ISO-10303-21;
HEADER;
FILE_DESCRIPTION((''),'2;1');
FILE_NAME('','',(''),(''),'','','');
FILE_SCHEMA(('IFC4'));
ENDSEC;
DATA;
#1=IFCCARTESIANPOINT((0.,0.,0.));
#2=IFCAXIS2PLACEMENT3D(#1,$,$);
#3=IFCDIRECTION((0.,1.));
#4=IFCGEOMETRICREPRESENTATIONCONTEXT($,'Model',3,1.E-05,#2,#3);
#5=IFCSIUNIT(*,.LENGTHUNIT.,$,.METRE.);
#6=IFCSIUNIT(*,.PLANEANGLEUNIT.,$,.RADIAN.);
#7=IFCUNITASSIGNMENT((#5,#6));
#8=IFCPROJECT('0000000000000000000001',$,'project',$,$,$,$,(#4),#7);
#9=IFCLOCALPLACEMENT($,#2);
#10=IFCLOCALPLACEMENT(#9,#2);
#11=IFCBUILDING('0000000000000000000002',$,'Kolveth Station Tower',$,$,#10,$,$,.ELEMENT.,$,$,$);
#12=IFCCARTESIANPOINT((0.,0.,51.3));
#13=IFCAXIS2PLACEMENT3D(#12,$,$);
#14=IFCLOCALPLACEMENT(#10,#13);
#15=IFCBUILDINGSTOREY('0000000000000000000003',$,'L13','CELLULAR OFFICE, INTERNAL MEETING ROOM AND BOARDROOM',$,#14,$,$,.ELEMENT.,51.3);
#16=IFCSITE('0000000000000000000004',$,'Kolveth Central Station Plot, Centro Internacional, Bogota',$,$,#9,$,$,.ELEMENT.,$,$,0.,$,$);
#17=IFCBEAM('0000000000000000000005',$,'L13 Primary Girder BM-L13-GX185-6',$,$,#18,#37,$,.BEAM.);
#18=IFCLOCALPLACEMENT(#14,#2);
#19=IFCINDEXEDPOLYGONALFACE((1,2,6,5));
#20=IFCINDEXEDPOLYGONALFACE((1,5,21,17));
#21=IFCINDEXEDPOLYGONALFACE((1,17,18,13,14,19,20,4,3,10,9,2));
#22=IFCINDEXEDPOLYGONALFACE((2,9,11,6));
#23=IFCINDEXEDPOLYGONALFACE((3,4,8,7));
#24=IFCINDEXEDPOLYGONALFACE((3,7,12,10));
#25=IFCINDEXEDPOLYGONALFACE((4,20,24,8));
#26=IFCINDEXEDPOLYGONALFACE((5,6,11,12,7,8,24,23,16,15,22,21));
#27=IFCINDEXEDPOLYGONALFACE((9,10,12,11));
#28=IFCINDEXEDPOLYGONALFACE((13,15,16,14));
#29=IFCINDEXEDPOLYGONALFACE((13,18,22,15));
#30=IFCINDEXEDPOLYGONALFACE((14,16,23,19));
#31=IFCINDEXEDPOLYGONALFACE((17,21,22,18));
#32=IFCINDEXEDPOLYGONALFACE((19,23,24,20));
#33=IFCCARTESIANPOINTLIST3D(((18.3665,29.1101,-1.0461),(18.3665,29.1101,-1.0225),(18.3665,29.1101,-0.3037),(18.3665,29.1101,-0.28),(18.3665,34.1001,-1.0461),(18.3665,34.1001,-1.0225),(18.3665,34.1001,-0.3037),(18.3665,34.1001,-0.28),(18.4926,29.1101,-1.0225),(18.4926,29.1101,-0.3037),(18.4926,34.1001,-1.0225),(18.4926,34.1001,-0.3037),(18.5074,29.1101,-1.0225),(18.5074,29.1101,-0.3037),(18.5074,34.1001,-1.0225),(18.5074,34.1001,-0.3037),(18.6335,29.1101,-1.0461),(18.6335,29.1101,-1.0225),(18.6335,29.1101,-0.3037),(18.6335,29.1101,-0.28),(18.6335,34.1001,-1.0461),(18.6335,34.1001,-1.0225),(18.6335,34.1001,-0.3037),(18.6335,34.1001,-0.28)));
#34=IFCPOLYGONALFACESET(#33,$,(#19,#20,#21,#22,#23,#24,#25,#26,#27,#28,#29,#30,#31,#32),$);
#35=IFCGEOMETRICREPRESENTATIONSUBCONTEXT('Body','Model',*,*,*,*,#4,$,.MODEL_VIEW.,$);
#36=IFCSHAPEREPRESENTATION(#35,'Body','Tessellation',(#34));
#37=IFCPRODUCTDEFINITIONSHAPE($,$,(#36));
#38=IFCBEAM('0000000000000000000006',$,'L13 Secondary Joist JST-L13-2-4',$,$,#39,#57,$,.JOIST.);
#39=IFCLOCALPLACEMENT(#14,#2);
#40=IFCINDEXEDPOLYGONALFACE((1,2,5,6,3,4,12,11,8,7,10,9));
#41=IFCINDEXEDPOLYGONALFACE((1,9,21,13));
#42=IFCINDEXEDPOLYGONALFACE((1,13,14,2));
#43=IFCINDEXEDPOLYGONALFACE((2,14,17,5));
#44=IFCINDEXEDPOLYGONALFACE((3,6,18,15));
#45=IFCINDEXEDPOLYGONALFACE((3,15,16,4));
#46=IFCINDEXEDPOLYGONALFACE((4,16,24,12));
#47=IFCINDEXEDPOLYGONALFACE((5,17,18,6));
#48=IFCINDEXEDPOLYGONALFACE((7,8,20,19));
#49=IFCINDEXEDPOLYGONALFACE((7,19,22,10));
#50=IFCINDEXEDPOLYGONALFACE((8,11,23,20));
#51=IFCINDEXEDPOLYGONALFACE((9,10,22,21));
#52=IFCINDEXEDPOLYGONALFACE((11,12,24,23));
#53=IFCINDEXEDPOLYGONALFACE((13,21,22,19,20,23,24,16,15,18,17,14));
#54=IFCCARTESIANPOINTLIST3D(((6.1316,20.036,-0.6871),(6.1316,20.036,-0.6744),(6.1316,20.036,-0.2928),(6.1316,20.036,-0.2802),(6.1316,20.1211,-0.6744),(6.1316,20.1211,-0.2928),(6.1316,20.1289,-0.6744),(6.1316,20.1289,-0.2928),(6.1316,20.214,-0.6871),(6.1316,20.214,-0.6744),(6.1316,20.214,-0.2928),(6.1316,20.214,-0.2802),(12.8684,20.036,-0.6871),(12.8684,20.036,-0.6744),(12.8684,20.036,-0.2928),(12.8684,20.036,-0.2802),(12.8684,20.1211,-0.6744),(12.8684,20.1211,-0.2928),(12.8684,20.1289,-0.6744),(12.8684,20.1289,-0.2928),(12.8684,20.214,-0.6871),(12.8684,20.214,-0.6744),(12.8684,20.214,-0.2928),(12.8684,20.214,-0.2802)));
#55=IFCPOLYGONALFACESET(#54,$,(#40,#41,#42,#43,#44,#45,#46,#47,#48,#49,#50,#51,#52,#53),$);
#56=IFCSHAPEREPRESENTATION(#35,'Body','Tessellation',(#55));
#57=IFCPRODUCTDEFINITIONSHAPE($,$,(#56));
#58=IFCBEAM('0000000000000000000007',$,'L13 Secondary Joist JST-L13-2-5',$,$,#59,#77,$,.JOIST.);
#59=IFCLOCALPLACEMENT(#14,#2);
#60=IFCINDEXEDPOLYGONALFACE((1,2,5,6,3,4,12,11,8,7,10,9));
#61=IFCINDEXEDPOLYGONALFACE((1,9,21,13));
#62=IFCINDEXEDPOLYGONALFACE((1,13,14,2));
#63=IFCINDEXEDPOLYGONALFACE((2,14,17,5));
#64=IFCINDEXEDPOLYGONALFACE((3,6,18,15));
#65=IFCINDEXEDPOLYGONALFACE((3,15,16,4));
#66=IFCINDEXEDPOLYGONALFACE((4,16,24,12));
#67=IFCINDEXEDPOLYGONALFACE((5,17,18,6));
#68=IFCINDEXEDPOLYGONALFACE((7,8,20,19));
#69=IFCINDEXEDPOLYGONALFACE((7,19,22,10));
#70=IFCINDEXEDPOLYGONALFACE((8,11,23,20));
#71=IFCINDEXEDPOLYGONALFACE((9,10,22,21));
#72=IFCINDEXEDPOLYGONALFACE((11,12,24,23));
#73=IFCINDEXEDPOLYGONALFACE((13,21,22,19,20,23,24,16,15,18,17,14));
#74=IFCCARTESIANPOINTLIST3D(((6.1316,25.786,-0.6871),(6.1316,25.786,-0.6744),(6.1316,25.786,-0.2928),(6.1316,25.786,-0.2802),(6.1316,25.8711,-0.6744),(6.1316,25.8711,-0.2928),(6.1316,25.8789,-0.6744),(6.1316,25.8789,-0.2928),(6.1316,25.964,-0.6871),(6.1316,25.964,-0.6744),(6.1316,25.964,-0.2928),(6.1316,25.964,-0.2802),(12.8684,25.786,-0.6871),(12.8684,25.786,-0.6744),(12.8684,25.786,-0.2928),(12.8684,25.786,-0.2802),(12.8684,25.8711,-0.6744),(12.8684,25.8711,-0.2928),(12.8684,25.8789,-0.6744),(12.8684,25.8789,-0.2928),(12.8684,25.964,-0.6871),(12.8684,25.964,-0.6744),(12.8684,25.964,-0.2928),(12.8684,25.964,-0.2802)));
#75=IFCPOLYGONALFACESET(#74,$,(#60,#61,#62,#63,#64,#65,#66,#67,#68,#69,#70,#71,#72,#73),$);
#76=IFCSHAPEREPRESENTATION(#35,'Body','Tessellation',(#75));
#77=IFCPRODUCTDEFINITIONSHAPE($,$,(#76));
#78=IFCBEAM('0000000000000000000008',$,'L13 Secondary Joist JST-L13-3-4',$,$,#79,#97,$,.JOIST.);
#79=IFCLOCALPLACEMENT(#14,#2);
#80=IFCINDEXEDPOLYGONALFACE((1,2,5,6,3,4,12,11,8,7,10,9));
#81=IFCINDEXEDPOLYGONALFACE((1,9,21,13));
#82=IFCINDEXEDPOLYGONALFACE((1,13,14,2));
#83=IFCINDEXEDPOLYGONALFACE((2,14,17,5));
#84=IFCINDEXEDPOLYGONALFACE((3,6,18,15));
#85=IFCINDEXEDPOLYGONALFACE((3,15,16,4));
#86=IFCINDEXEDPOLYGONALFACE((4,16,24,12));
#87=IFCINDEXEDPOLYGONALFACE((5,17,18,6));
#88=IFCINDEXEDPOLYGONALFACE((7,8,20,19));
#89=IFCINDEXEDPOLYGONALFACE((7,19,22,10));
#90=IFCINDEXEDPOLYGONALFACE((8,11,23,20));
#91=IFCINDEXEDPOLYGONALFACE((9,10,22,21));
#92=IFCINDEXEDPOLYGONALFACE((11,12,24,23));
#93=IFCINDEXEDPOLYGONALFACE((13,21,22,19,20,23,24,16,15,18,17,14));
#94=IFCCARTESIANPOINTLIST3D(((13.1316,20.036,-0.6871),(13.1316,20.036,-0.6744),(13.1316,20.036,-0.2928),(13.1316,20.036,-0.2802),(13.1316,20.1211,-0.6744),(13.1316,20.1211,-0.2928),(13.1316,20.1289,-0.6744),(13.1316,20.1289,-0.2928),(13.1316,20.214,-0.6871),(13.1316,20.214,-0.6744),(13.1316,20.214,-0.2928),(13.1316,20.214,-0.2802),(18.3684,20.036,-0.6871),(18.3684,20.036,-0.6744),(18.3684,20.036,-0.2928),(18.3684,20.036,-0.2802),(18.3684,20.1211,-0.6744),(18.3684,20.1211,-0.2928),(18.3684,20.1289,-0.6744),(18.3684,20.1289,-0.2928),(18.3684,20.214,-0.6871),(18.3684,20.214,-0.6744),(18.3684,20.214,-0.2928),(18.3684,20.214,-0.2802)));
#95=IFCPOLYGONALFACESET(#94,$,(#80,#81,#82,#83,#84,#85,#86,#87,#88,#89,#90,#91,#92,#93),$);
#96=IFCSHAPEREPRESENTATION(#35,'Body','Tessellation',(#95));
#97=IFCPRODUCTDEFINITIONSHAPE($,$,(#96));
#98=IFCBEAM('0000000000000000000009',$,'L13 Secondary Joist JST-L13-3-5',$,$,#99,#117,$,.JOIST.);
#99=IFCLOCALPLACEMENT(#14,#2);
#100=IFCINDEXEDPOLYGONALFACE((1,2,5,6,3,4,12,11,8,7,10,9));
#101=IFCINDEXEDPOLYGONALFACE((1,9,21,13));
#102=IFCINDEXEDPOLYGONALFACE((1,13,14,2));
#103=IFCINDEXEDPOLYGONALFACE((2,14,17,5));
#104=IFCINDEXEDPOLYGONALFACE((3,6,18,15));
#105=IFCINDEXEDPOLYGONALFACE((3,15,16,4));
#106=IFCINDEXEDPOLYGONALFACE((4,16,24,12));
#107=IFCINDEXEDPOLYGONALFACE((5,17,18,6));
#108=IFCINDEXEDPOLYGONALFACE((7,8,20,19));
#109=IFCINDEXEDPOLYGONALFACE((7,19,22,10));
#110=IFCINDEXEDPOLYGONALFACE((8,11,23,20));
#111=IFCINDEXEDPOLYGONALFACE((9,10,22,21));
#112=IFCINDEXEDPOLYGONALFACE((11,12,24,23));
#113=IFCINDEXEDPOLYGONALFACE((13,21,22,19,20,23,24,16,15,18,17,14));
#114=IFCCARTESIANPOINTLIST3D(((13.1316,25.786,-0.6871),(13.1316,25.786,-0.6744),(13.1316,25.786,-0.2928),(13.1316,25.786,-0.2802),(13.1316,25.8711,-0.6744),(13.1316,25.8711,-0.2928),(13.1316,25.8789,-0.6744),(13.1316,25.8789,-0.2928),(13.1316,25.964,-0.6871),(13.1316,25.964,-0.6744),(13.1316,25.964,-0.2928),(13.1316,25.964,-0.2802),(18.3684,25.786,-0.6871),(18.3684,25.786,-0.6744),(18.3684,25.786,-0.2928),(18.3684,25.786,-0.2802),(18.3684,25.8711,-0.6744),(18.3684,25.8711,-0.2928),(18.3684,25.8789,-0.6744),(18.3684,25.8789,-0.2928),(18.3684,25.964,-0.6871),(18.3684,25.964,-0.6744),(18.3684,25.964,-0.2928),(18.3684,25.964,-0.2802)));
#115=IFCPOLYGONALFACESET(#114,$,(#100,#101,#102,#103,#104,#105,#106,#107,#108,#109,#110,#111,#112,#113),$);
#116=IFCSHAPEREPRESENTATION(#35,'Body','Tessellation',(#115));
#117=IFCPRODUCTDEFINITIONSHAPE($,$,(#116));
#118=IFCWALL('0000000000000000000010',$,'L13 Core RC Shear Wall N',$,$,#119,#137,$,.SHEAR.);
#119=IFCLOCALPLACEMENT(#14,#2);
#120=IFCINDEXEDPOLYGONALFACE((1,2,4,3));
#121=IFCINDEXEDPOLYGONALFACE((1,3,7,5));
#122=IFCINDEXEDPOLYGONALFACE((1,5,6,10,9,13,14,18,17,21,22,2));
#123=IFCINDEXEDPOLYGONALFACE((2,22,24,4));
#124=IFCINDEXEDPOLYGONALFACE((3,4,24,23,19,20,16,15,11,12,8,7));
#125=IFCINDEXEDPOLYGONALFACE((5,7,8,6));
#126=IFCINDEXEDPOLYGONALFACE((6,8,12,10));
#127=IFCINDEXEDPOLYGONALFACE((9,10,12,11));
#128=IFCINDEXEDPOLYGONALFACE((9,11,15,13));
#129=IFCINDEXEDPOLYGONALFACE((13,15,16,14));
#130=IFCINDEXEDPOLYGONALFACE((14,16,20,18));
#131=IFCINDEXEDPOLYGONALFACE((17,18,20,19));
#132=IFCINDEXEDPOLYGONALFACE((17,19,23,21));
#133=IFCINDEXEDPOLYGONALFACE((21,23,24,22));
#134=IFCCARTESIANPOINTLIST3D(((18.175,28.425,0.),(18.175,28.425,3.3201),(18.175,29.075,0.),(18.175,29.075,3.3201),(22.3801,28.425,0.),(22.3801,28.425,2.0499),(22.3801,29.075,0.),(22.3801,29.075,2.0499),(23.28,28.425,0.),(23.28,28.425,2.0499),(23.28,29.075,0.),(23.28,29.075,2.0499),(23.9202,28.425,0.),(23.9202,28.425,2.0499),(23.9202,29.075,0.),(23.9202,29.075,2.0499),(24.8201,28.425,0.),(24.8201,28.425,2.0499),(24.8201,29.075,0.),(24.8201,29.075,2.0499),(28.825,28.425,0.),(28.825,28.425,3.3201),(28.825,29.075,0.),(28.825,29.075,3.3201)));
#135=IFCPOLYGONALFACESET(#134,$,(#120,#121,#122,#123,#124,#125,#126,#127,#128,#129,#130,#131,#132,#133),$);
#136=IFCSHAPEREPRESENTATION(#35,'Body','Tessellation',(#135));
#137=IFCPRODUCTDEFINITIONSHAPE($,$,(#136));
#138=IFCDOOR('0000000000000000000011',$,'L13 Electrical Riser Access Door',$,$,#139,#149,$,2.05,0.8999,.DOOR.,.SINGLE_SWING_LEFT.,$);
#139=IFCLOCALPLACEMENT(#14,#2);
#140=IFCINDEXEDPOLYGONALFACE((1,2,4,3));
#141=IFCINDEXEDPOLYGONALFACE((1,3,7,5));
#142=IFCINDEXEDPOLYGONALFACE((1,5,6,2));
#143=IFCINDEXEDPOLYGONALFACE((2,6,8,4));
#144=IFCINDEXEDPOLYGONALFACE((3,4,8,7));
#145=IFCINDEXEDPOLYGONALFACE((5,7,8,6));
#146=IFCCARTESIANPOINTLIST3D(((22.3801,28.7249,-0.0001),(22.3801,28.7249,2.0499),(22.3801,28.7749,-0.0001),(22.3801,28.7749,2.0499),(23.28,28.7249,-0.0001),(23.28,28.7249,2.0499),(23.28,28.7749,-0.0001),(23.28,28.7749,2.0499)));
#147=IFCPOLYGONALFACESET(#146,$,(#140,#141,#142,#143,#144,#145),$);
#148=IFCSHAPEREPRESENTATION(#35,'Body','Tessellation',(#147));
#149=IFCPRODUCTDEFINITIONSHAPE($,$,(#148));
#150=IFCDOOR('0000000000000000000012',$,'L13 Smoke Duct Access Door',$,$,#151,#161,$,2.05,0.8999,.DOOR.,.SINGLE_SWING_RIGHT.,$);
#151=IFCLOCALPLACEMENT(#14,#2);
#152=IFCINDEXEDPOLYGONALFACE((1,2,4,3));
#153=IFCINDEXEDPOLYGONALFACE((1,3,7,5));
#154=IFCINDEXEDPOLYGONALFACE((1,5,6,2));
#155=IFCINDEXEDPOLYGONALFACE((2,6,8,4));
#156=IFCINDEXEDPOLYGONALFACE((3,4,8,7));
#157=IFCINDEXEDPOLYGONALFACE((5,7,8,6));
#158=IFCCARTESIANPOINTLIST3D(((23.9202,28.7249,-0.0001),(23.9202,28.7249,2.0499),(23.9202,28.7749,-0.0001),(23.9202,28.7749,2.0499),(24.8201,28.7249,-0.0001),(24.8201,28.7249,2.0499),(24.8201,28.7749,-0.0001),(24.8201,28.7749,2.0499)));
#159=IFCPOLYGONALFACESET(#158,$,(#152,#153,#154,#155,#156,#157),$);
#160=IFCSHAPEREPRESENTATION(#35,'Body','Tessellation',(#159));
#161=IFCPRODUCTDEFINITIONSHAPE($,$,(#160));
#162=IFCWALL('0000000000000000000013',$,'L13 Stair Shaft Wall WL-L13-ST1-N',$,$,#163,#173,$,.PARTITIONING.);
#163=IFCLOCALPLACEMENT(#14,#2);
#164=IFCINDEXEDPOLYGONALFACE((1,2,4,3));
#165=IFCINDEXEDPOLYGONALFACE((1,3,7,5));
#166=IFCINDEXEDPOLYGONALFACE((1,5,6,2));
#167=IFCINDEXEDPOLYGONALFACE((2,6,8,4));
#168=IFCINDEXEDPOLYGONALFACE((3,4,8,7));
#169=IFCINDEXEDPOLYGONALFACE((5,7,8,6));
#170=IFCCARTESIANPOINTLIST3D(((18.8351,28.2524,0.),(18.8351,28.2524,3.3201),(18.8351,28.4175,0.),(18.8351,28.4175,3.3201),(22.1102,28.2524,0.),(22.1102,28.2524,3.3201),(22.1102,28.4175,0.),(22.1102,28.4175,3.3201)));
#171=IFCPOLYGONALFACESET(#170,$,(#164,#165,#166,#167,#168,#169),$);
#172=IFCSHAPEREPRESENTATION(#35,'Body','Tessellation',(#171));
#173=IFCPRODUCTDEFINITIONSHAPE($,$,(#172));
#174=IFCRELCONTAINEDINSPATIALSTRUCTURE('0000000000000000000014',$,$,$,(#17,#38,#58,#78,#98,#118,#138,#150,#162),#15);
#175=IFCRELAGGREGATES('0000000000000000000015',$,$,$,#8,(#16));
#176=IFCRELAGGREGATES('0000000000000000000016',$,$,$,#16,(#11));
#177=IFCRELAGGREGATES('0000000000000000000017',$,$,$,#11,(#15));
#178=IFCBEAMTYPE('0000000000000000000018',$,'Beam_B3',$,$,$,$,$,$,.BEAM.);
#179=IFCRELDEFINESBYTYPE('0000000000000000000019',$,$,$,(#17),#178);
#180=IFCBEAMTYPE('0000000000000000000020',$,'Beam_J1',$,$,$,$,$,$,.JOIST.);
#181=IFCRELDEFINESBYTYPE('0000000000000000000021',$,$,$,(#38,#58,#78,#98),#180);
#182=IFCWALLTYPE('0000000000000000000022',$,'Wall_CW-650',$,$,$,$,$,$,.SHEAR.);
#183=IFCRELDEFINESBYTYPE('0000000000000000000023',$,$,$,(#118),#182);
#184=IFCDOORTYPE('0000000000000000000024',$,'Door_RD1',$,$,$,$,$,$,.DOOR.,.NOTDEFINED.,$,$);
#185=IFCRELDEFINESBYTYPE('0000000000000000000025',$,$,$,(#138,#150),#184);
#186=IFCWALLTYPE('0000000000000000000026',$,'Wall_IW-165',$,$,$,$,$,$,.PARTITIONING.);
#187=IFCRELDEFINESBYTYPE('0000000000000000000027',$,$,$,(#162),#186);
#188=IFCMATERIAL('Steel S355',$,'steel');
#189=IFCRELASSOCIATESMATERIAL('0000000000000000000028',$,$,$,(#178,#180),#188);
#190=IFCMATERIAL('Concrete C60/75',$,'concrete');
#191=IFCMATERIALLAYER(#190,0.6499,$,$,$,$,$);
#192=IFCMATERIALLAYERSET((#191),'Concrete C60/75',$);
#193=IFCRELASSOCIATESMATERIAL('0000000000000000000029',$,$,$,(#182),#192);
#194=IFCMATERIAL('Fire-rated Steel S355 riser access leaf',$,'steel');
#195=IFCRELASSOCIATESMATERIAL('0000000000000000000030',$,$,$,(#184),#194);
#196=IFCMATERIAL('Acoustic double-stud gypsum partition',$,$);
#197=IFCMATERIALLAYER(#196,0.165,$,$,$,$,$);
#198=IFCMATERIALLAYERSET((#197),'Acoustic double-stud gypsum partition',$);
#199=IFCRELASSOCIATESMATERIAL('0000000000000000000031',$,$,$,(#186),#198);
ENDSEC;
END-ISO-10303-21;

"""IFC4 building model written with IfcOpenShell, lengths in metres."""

from ifc_helpers import new_model, si_unit, direction, frame, frame_2d, origin, origin_2d, place, context, subcontext, project, spatial, rectangle, i_section, extrude, source, transform, mapped, material, layer, layer_set, material_profile, profile_set, type_object, element, fill, save


model = new_model("IFC4")

# Units and contexts
model_context = context("Model", 3, precision=1e-05, world=origin(), true_north=direction((0.0, 1.0)))
body_context = subcontext(model_context, "Body", "Model", "MODEL_VIEW")
ifc_project = project(units=[si_unit("LENGTHUNIT", "METRE"), si_unit("PLANEANGLEUNIT", "RADIAN")], contexts=[model_context])

# Site, building, storey
site_placement = place(None, origin())
site = spatial("IfcSite", under=ifc_project, at=site_placement, Name="Kolveth Central Station Plot, Centro Internacional, Bogota", CompositionType="ELEMENT", RefElevation=0.0)
building_placement = place(site_placement, origin())
building = spatial("IfcBuilding", under=site, at=building_placement, Name="Kolveth Station Tower", CompositionType="ELEMENT")
storey_placement = place(building_placement, frame((0.0, 0.0, 51.3)))
storey = spatial("IfcBuildingStorey", under=building, at=storey_placement, Name="L13", Description="CELLULAR OFFICE, INTERNAL MEETING ROOM AND BOARDROOM", CompositionType="ELEMENT", Elevation=51.3)

# Beams
ifc_material_1 = material(Name="Steel S355", Category="steel")
ifc_material_profile_1 = material_profile(ifc_material_1, i_section(OverallWidth=0.2671, OverallDepth=0.7661, WebThickness=0.0149, FlangeThickness=0.0237, at=origin_2d()), Name="W760x185")
ifc_profile_set_1 = profile_set([ifc_material_profile_1], Name="Steel S355")
beam_type_1 = type_object("IfcBeamType", Name="Beam_B3", PredefinedType="BEAM", material=ifc_profile_set_1)
shared_shape_1 = source(origin(), body_context, "Body", "SweptSolid", [
    extrude(i_section(OverallWidth=0.2671, OverallDepth=0.7661, WebThickness=0.0149, FlangeThickness=0.0237, at=origin_2d()), origin(), (0.0, 0.0, 1.0), 4.99),
])
beam_1_placement = place(storey_placement, frame((18.5, 29.1101, -0.6631), z_axis=(0.0, 1.0, 0.0), x_axis=(-1.0, 0.0, 0.0)))
element("IfcBeam", 1, at=beam_1_placement, inside=storey, type_object=beam_type_1, Name="L13 Primary Girder BM-L13-GX185-6", PredefinedType="BEAM", context=body_context, shape_type="MappedRepresentation", body=[
    mapped(shared_shape_1, transform((0.0, 0.0, 0.0), x_axis=(1.0, 0.0, 0.0), y_axis=(0.0, 1.0, 0.0), z_axis=(0.0, 0.0, 1.0), scale=1.0)),
])
ifc_material_profile_2 = material_profile(ifc_material_1, i_section(OverallWidth=0.178, OverallDepth=0.407, WebThickness=0.0078, FlangeThickness=0.0127, at=origin_2d()), Name="W410x60")
ifc_profile_set_2 = profile_set([ifc_material_profile_2], Name="Steel S355")
beam_type_2 = type_object("IfcBeamType", Name="Beam_J1", PredefinedType="JOIST", material=ifc_profile_set_2)
shared_shape_2 = source(origin(), body_context, "Body", "SweptSolid", [
    extrude(i_section(OverallWidth=0.178, OverallDepth=0.407, WebThickness=0.0078, FlangeThickness=0.0127, at=origin_2d()), origin(), (0.0, 0.0, 1.0), 6.7368),
])
for number, where, z_axis, x_axis, name in (
    (2, (6.1316, 20.125, -0.4836), (1.0, 0.0, 0.0), (0.0, 1.0, 0.0), "L13 Secondary Joist JST-L13-2-4"),
    (3, (6.1316, 25.875, -0.4836), (1.0, 0.0, 0.0), (0.0, 1.0, 0.0), "L13 Secondary Joist JST-L13-2-5"),
):
    element("IfcBeam", number, at=place(storey_placement, frame(where, z_axis=z_axis, x_axis=x_axis)), inside=storey, type_object=beam_type_2, Name=name, PredefinedType="JOIST", context=body_context, shape_type="MappedRepresentation", body=[
        mapped(shared_shape_2, transform((0.0, 0.0, 0.0), x_axis=(1.0, 0.0, 0.0), y_axis=(0.0, 1.0, 0.0), z_axis=(0.0, 0.0, 1.0), scale=1.0)),
    ])
shared_shape_3 = source(origin(), body_context, "Body", "SweptSolid", [
    extrude(i_section(OverallWidth=0.178, OverallDepth=0.407, WebThickness=0.0078, FlangeThickness=0.0127, at=origin_2d()), origin(), (0.0, 0.0, 1.0), 5.2368),
])
for number, where, z_axis, x_axis, name in (
    (4, (13.1316, 20.125, -0.4836), (1.0, 0.0, 0.0), (0.0, 1.0, 0.0), "L13 Secondary Joist JST-L13-3-4"),
    (5, (13.1316, 25.875, -0.4836), (1.0, 0.0, 0.0), (0.0, 1.0, 0.0), "L13 Secondary Joist JST-L13-3-5"),
):
    element("IfcBeam", number, at=place(storey_placement, frame(where, z_axis=z_axis, x_axis=x_axis)), inside=storey, type_object=beam_type_2, Name=name, PredefinedType="JOIST", context=body_context, shape_type="MappedRepresentation", body=[
        mapped(shared_shape_3, transform((0.0, 0.0, 0.0), x_axis=(1.0, 0.0, 0.0), y_axis=(0.0, 1.0, 0.0), z_axis=(0.0, 0.0, 1.0), scale=1.0)),
    ])

# Wall, openings, doors
ifc_material_2 = material(Name="Concrete C60/75", Category="concrete")
ifc_layer_1 = layer(ifc_material_2, 0.6499)
ifc_layer_set_1 = layer_set([ifc_layer_1], Name="Concrete C60/75")
wall_type_1 = type_object("IfcWallType", Name="Wall_CW-650", PredefinedType="SHEAR", material=ifc_layer_set_1)
wall_1_placement = place(storey_placement, frame((18.175, 28.75, 0.0), z_axis=(0.0, 0.0, 1.0), x_axis=(1.0, 0.0, 0.0)))
wall_1 = element("IfcWall", 6, at=wall_1_placement, inside=storey, type_object=wall_type_1, Name="L13 Core RC Shear Wall N", PredefinedType="SHEAR", context=body_context, shape_type="SweptSolid", body=[
    extrude(rectangle(XDim=10.6499, YDim=0.6499, at=frame_2d((5.325, 0.0))), origin(), (0.0, 0.0, 1.0), 3.3201),
])
opening_1_placement = place(wall_1_placement, frame((4.2051, 0.0, 0.0)))
opening_1 = element("IfcOpeningElement", 7, at=opening_1_placement, cuts=wall_1, PredefinedType="OPENING", context=body_context, shape_type="SweptSolid", body=[
    extrude(rectangle(XDim=0.8999, YDim=2.05, at=frame_2d((0.45, 1.0249))), frame((0.0, 0.335, 0.0), z_axis=(0.0, -1.0, 0.0), x_axis=(1.0, 0.0, 0.0)), (0.0, 0.0, 1.0), 0.6699),
])
opening_2_placement = place(wall_1_placement, frame((5.7451, 0.0, 0.0)))
opening_2 = element("IfcOpeningElement", 8, at=opening_2_placement, cuts=wall_1, PredefinedType="OPENING", context=body_context, shape_type="SweptSolid", body=[
    extrude(rectangle(XDim=0.8999, YDim=2.05, at=frame_2d((0.45, 1.0249))), frame((0.0, 0.335, 0.0), z_axis=(0.0, -1.0, 0.0), x_axis=(1.0, 0.0, 0.0)), (0.0, 0.0, 1.0), 0.6699),
])
ifc_material_3 = material(Name="Fire-rated Steel S355 riser access leaf", Category="steel")
door_type_1 = type_object("IfcDoorType", Name="Door_RD1", OperationType="NOTDEFINED", PredefinedType="DOOR", material=ifc_material_3)
door_1_placement = place(opening_1_placement, origin())
door_1 = element("IfcDoor", 9, at=door_1_placement, inside=storey, type_object=door_type_1, Name="L13 Electrical Riser Access Door", OperationType="SINGLE_SWING_LEFT", OverallHeight=2.05, OverallWidth=0.8999, PredefinedType="DOOR", context=body_context, shape_type="SweptSolid", body=[
    extrude(rectangle(XDim=0.8999, YDim=2.05, at=frame_2d((0.45, 1.0249))), frame((0.0, 0.0249, 0.0), z_axis=(0.0, -1.0, 0.0), x_axis=(1.0, 0.0, 0.0)), (0.0, 0.0, 1.0), 0.05),
])
fill(opening_1, door_1)
door_2_placement = place(opening_2_placement, origin())
door_2 = element("IfcDoor", 10, at=door_2_placement, inside=storey, type_object=door_type_1, Name="L13 Smoke Duct Access Door", OperationType="SINGLE_SWING_RIGHT", OverallHeight=2.05, OverallWidth=0.8999, PredefinedType="DOOR", context=body_context, shape_type="SweptSolid", body=[
    extrude(rectangle(XDim=0.8999, YDim=2.05, at=frame_2d((0.45, 1.0249))), frame((0.0, 0.0249, 0.0), z_axis=(0.0, -1.0, 0.0), x_axis=(1.0, 0.0, 0.0)), (0.0, 0.0, 1.0), 0.05),
])
fill(opening_2, door_2)

# Wall
ifc_material_4 = material(Name="Acoustic double-stud gypsum partition")
ifc_layer_2 = layer(ifc_material_4, 0.165)
ifc_layer_set_2 = layer_set([ifc_layer_2], Name="Acoustic double-stud gypsum partition")
wall_type_2 = type_object("IfcWallType", Name="Wall_IW-165", PredefinedType="PARTITIONING", material=ifc_layer_set_2)
wall_2_placement = place(storey_placement, frame((18.835, 28.335, 0.0), z_axis=(0.0, 0.0, 1.0), x_axis=(1.0, 0.0, 0.0)))
element("IfcWall", 11, at=wall_2_placement, inside=storey, type_object=wall_type_2, Name="L13 Stair Shaft Wall WL-L13-ST1-N", PredefinedType="PARTITIONING", context=body_context, shape_type="SweptSolid", body=[
    extrude(rectangle(XDim=3.2751, YDim=0.165, at=frame_2d((1.6377, 0.0))), origin(), (0.0, 0.0, 1.0), 3.3201),
])

save(model, "model.ifc")
